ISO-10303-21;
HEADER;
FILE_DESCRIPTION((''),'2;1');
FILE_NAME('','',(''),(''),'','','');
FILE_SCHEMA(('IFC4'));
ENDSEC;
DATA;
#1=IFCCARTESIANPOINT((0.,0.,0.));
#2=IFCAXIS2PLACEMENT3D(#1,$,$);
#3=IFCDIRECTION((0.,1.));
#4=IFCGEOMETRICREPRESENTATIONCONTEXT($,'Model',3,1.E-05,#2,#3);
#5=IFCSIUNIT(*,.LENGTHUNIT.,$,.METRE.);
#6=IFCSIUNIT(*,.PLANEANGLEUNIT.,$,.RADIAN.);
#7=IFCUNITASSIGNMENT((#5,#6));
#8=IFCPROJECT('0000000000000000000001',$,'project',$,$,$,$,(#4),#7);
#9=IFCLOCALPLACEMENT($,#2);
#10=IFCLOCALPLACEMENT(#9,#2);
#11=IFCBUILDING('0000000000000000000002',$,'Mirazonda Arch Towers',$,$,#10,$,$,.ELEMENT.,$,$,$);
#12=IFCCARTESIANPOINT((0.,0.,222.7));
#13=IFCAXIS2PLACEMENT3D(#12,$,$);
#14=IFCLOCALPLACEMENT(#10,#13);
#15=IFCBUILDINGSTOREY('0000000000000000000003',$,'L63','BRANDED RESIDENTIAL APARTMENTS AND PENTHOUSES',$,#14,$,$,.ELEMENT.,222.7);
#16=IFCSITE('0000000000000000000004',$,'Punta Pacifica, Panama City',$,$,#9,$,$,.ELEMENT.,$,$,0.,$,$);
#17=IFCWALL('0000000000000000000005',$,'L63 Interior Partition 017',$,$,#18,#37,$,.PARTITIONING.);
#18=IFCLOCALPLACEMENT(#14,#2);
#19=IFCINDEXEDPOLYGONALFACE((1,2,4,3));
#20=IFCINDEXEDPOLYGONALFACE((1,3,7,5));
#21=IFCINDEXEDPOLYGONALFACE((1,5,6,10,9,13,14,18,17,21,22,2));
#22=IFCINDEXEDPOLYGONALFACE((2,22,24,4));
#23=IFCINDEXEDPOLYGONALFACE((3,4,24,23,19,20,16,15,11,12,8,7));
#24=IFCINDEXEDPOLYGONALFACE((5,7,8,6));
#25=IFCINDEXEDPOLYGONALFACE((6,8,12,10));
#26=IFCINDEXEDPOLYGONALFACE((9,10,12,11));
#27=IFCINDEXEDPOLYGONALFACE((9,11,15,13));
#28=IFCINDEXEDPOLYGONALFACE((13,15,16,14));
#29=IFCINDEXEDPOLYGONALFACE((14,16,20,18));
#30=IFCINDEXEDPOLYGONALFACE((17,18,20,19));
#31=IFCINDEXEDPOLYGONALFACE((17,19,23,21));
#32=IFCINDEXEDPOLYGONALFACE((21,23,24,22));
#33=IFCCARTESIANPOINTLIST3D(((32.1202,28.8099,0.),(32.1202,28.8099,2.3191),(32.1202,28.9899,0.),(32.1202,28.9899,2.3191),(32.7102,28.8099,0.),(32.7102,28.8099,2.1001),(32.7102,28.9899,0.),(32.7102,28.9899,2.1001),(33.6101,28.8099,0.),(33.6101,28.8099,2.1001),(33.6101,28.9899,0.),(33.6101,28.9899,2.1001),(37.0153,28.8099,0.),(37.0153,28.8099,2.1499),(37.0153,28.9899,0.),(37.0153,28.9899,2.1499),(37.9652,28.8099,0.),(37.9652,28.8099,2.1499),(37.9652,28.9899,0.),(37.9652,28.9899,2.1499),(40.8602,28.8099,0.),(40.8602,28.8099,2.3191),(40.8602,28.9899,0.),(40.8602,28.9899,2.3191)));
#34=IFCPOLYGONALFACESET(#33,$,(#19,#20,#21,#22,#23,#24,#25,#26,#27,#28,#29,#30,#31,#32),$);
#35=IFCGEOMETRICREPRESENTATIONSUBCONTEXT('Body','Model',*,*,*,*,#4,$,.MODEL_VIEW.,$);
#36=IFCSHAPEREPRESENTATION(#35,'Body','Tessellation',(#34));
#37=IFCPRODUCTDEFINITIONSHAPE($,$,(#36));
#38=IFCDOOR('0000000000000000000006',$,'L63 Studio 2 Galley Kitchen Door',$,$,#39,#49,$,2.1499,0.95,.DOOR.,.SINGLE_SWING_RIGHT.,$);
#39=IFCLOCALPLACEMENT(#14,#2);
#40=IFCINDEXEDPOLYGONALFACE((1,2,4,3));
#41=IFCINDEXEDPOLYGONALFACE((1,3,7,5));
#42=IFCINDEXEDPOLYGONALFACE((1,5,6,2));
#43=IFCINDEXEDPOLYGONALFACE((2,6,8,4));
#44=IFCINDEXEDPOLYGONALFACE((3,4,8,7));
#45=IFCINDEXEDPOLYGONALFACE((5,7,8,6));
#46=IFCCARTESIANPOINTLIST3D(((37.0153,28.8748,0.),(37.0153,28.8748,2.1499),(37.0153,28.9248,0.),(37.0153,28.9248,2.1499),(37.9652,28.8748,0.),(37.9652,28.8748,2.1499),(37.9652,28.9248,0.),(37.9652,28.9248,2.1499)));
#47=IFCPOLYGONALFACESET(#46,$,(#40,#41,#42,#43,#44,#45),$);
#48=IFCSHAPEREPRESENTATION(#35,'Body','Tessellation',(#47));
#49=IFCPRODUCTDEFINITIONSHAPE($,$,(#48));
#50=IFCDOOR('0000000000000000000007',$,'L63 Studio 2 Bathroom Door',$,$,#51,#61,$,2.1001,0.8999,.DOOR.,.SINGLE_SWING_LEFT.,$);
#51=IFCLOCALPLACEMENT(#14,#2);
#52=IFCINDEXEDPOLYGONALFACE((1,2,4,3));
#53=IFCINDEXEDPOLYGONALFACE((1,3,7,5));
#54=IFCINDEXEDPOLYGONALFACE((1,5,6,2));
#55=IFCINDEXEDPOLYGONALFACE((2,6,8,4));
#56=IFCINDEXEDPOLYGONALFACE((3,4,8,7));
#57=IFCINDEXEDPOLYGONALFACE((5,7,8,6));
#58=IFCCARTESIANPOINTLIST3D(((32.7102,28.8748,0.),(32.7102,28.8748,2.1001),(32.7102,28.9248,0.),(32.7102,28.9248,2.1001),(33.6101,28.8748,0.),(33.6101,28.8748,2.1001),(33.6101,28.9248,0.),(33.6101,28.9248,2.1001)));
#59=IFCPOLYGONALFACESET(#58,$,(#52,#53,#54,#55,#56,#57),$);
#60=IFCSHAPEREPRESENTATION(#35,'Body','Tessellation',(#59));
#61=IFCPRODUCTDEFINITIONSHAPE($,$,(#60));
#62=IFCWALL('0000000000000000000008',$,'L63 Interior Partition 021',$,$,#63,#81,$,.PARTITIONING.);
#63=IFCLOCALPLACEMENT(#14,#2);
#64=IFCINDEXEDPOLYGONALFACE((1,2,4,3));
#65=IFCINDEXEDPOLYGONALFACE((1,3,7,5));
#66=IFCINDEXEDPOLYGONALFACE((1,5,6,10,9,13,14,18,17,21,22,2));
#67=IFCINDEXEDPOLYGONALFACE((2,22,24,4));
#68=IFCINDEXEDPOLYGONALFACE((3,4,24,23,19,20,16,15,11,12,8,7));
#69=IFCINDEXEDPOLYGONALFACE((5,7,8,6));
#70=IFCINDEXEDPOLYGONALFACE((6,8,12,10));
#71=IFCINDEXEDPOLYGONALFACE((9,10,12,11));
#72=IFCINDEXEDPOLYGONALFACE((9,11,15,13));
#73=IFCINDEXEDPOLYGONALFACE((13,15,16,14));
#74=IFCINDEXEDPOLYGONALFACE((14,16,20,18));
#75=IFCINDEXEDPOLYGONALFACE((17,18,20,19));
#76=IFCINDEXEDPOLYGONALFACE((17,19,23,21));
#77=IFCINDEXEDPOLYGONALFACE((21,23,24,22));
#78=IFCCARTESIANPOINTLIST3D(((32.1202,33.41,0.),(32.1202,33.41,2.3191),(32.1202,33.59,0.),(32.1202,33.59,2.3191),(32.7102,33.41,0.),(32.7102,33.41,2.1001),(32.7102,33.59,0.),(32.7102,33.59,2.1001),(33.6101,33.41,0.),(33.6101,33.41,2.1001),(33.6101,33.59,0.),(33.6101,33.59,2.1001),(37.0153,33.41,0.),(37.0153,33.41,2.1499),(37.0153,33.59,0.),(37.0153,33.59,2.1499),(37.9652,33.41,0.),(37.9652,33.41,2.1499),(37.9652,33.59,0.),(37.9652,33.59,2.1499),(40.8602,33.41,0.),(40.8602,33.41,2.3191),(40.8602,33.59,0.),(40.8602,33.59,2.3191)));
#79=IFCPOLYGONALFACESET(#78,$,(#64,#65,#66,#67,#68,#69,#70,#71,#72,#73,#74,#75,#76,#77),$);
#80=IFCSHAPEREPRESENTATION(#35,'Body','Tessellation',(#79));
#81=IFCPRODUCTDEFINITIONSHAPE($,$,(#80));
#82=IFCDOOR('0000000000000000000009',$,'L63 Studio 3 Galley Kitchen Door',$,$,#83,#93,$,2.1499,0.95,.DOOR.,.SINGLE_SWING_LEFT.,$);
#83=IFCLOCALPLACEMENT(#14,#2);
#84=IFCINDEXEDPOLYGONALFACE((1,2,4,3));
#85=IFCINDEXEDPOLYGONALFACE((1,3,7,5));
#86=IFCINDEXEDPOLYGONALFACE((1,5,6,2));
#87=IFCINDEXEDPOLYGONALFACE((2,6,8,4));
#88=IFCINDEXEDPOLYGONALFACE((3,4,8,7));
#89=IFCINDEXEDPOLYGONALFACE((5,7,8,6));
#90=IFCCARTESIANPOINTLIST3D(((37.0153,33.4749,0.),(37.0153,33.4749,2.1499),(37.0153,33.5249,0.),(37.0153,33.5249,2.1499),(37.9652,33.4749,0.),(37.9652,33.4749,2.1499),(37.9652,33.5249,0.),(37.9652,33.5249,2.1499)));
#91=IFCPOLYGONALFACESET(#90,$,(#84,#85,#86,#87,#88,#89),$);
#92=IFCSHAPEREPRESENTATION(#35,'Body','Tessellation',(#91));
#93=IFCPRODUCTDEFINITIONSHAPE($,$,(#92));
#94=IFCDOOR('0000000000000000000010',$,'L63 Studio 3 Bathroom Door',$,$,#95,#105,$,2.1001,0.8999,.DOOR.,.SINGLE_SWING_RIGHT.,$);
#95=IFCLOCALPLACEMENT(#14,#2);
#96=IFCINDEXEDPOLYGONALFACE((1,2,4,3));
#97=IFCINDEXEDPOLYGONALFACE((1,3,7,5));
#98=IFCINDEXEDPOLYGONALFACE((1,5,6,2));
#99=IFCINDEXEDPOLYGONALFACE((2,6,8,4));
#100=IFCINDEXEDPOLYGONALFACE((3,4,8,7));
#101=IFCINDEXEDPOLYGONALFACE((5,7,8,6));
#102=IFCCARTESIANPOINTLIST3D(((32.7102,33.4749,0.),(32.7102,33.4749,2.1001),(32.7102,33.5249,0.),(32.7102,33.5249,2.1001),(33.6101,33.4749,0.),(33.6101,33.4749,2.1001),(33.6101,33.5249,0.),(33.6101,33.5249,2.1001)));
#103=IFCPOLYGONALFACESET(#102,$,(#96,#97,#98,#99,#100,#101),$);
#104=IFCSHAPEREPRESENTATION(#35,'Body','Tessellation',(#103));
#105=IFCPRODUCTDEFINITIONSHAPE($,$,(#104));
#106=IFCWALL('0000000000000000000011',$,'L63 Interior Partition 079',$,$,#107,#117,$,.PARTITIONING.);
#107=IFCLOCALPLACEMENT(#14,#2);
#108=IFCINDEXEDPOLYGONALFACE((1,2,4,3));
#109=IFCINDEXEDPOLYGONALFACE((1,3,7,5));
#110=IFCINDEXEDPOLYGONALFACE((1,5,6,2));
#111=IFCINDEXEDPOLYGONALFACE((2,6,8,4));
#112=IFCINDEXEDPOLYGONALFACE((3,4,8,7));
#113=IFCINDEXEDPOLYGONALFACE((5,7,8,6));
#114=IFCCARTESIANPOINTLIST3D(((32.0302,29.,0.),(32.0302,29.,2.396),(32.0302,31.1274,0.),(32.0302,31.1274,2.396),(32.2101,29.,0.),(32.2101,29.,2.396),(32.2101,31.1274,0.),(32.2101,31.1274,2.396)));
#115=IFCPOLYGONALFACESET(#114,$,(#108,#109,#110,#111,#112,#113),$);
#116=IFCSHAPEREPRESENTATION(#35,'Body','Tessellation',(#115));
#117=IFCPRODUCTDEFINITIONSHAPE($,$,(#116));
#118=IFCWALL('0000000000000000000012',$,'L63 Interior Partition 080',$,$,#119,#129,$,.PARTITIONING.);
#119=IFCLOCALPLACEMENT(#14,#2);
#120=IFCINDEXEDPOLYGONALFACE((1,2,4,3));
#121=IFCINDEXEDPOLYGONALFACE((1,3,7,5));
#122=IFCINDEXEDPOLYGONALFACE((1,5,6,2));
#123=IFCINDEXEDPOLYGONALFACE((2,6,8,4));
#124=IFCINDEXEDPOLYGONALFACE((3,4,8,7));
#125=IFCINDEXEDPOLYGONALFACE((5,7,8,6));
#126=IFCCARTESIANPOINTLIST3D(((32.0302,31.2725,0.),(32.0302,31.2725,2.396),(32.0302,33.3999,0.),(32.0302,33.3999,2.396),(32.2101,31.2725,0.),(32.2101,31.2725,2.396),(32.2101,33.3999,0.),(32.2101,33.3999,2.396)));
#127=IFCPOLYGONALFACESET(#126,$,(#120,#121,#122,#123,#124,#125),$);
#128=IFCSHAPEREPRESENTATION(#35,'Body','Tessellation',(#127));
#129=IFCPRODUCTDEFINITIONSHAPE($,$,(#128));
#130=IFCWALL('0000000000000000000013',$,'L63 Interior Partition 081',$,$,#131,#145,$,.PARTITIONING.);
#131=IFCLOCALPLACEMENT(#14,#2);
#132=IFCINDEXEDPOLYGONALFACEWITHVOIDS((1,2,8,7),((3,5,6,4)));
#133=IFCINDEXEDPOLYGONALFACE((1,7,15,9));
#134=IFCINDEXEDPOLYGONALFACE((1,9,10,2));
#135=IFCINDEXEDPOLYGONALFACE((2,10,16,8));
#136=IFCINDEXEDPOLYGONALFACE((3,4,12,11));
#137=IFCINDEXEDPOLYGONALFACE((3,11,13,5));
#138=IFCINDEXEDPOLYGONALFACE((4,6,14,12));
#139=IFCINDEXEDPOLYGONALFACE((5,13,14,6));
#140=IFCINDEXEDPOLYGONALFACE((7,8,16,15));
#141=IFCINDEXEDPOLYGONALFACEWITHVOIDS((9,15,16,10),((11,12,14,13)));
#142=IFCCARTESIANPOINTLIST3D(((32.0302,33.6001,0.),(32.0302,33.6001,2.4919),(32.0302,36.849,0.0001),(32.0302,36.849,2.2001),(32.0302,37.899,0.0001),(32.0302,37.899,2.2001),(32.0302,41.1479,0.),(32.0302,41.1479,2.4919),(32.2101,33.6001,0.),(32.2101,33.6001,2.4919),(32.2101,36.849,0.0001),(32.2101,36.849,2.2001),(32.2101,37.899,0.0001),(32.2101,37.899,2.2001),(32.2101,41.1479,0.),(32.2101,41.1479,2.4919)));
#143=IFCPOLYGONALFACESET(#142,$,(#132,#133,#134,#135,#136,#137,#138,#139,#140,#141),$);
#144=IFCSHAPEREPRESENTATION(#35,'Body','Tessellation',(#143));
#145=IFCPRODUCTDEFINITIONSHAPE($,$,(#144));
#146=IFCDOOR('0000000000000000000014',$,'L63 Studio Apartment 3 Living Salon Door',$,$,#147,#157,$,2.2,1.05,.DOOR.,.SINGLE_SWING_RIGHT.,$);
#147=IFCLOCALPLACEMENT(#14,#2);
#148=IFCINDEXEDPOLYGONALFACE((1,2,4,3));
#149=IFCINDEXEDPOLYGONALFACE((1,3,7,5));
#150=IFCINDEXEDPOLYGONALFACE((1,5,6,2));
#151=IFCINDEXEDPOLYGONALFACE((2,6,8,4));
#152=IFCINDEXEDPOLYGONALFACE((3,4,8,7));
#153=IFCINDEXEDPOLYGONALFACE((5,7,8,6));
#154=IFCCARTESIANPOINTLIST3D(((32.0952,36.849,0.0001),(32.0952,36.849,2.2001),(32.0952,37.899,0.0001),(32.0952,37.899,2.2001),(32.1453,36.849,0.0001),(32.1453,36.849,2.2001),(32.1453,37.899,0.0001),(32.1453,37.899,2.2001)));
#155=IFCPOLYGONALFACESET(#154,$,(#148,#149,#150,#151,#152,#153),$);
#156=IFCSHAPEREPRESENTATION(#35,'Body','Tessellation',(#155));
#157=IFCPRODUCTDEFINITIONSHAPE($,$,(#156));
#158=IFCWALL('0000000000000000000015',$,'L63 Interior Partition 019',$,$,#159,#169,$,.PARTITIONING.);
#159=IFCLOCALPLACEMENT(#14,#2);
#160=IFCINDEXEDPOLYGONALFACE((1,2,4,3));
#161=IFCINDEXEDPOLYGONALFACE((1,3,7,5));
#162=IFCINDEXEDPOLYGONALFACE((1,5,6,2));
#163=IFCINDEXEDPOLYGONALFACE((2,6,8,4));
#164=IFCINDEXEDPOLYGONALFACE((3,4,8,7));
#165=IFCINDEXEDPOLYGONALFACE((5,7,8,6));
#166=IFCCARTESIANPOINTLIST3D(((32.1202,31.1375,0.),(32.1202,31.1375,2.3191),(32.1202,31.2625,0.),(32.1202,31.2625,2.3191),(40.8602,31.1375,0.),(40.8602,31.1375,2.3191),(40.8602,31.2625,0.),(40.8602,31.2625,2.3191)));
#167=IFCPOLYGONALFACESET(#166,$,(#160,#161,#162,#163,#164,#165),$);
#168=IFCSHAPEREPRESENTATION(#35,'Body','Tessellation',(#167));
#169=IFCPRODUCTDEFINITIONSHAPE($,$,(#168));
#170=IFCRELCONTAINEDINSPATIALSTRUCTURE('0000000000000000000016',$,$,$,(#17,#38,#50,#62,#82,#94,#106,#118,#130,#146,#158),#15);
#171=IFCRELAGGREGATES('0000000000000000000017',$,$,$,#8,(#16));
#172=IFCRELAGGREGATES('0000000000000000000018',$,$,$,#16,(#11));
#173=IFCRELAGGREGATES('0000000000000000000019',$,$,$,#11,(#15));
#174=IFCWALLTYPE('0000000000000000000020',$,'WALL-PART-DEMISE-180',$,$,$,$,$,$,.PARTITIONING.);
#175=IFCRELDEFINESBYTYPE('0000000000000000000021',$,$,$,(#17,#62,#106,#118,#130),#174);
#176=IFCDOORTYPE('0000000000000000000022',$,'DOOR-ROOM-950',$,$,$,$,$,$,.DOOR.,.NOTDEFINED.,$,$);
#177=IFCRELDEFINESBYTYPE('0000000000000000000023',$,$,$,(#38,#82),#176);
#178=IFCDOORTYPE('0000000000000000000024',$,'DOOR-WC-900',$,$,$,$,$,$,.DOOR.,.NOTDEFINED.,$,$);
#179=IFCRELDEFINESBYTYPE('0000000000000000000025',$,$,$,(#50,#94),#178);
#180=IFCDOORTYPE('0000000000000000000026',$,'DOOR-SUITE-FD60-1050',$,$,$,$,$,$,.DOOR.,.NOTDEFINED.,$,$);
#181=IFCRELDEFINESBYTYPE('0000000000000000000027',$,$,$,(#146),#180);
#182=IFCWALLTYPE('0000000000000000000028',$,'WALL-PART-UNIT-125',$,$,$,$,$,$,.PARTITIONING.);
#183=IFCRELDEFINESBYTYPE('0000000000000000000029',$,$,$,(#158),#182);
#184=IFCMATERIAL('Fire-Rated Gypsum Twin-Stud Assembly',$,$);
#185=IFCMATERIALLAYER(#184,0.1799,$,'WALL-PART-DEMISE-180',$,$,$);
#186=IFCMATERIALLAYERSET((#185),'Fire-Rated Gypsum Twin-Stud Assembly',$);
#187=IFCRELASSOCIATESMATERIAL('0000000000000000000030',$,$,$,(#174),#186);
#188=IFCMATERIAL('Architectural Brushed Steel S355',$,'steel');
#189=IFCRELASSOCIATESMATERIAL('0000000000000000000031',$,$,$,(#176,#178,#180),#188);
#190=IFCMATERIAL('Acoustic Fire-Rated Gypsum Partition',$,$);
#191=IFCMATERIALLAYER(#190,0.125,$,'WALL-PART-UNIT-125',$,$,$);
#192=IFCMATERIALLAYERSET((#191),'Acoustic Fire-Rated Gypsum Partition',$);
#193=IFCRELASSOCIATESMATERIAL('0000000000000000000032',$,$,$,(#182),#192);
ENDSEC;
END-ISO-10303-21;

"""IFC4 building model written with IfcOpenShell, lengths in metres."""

from ifc_helpers import new_model, si_unit, direction, frame, frame_2d, origin, place, context, subcontext, project, spatial, rectangle, extrude, material, layer, layer_set, type_object, element, fill, save


model = new_model("IFC4")

# Units and contexts
model_context = context("Model", 3, precision=1e-05, world=origin(), true_north=direction((0.0, 1.0)))
body_context = subcontext(model_context, "Body", "Model", "MODEL_VIEW")
ifc_project = project(units=[si_unit("LENGTHUNIT", "METRE"), si_unit("PLANEANGLEUNIT", "RADIAN")], contexts=[model_context])

# Site, building, storey
site_placement = place(None, origin())
site = spatial("IfcSite", under=ifc_project, at=site_placement, Name="Punta Pacifica, Panama City", CompositionType="ELEMENT", RefElevation=0.0)
building_placement = place(site_placement, origin())
building = spatial("IfcBuilding", under=site, at=building_placement, Name="Mirazonda Arch Towers", CompositionType="ELEMENT")
storey_placement = place(building_placement, frame((0.0, 0.0, 222.7)))
storey = spatial("IfcBuildingStorey", under=building, at=storey_placement, Name="L63", Description="BRANDED RESIDENTIAL APARTMENTS AND PENTHOUSES", CompositionType="ELEMENT", Elevation=222.7)

# Walls, openings, doors
ifc_material_1 = material(Name="Fire-Rated Gypsum Twin-Stud Assembly")
ifc_layer_1 = layer(ifc_material_1, 0.1799, Name="WALL-PART-DEMISE-180")
ifc_layer_set_1 = layer_set([ifc_layer_1], Name="Fire-Rated Gypsum Twin-Stud Assembly")
wall_type_1 = type_object("IfcWallType", Name="WALL-PART-DEMISE-180", PredefinedType="PARTITIONING", material=ifc_layer_set_1)
wall_1_placement = place(storey_placement, frame((32.1201, 28.8999, 0.0), z_axis=(0.0, 0.0, 1.0), x_axis=(1.0, 0.0, 0.0)))
wall_1 = element("IfcWall", 1, at=wall_1_placement, inside=storey, type_object=wall_type_1, Name="L63 Interior Partition 017", PredefinedType="PARTITIONING", context=body_context, shape_type="SweptSolid", body=[
    extrude(rectangle(XDim=8.74, YDim=0.1799, at=frame_2d((4.3701, 0.0))), origin(), (0.0, 0.0, 1.0), 2.3191),
])
opening_1_placement = place(wall_1_placement, frame((4.895, 0.0, 0.0)))
opening_1 = element("IfcOpeningElement", 2, at=opening_1_placement, cuts=wall_1, PredefinedType="OPENING", context=body_context, shape_type="SweptSolid", body=[
    extrude(rectangle(XDim=0.95, YDim=2.1499, at=frame_2d((0.4751, 1.075))), frame((0.0, 0.0999, 0.0), z_axis=(0.0, -1.0, 0.0), x_axis=(1.0, 0.0, 0.0)), (0.0, 0.0, 1.0), 0.2),
])
opening_2_placement = place(wall_1_placement, frame((0.5901, 0.0, 0.0)))
opening_2 = element("IfcOpeningElement", 3, at=opening_2_placement, cuts=wall_1, PredefinedType="OPENING", context=body_context, shape_type="SweptSolid", body=[
    extrude(rectangle(XDim=0.8999, YDim=2.1001, at=frame_2d((0.45, 1.05))), frame((0.0, 0.0999, 0.0), z_axis=(0.0, -1.0, 0.0), x_axis=(1.0, 0.0, 0.0)), (0.0, 0.0, 1.0), 0.2),
])
ifc_material_2 = material(Name="Architectural Brushed Steel S355", Category="steel")
door_type_1 = type_object("IfcDoorType", Name="DOOR-ROOM-950", OperationType="NOTDEFINED", PredefinedType="DOOR", material=ifc_material_2)
door_1_placement = place(opening_1_placement, origin())
door_1 = element("IfcDoor", 4, at=door_1_placement, inside=storey, type_object=door_type_1, Name="L63 Studio 2 Galley Kitchen Door", OperationType="SINGLE_SWING_RIGHT", OverallHeight=2.1499, OverallWidth=0.95, PredefinedType="DOOR", context=body_context, shape_type="SweptSolid", body=[
    extrude(rectangle(XDim=0.95, YDim=2.1499, at=frame_2d((0.4751, 1.075))), frame((0.0, 0.0249, 0.0), z_axis=(0.0, -1.0, 0.0), x_axis=(1.0, 0.0, 0.0)), (0.0, 0.0, 1.0), 0.05),
])
fill(opening_1, door_1)
door_type_2 = type_object("IfcDoorType", Name="DOOR-WC-900", OperationType="NOTDEFINED", PredefinedType="DOOR", material=ifc_material_2)
door_2_placement = place(opening_2_placement, origin())
door_2 = element("IfcDoor", 5, at=door_2_placement, inside=storey, type_object=door_type_2, Name="L63 Studio 2 Bathroom Door", OperationType="SINGLE_SWING_LEFT", OverallHeight=2.1001, OverallWidth=0.8999, PredefinedType="DOOR", context=body_context, shape_type="SweptSolid", body=[
    extrude(rectangle(XDim=0.8999, YDim=2.1001, at=frame_2d((0.45, 1.05))), frame((0.0, 0.0249, 0.0), z_axis=(0.0, -1.0, 0.0), x_axis=(1.0, 0.0, 0.0)), (0.0, 0.0, 1.0), 0.05),
])
fill(opening_2, door_2)
wall_2_placement = place(storey_placement, frame((32.1201, 33.5, 0.0), z_axis=(0.0, 0.0, 1.0), x_axis=(1.0, 0.0, 0.0)))
wall_2 = element("IfcWall", 6, at=wall_2_placement, inside=storey, type_object=wall_type_1, Name="L63 Interior Partition 021", PredefinedType="PARTITIONING", context=body_context, shape_type="SweptSolid", body=[
    extrude(rectangle(XDim=8.74, YDim=0.1799, at=frame_2d((4.3701, 0.0))), origin(), (0.0, 0.0, 1.0), 2.3191),
])
opening_3_placement = place(wall_2_placement, frame((4.895, 0.0, 0.0)))
opening_3 = element("IfcOpeningElement", 7, at=opening_3_placement, cuts=wall_2, PredefinedType="OPENING", context=body_context, shape_type="SweptSolid", body=[
    extrude(rectangle(XDim=0.95, YDim=2.1499, at=frame_2d((0.4751, 1.075))), frame((0.0, 0.0999, 0.0), z_axis=(0.0, -1.0, 0.0), x_axis=(1.0, 0.0, 0.0)), (0.0, 0.0, 1.0), 0.2),
])
opening_4_placement = place(wall_2_placement, frame((0.5901, 0.0, 0.0)))
opening_4 = element("IfcOpeningElement", 8, at=opening_4_placement, cuts=wall_2, PredefinedType="OPENING", context=body_context, shape_type="SweptSolid", body=[
    extrude(rectangle(XDim=0.8999, YDim=2.1001, at=frame_2d((0.45, 1.05))), frame((0.0, 0.0999, 0.0), z_axis=(0.0, -1.0, 0.0), x_axis=(1.0, 0.0, 0.0)), (0.0, 0.0, 1.0), 0.2),
])
door_3_placement = place(opening_3_placement, origin())
door_3 = element("IfcDoor", 9, at=door_3_placement, inside=storey, type_object=door_type_1, Name="L63 Studio 3 Galley Kitchen Door", OperationType="SINGLE_SWING_LEFT", OverallHeight=2.1499, OverallWidth=0.95, PredefinedType="DOOR", context=body_context, shape_type="SweptSolid", body=[
    extrude(rectangle(XDim=0.95, YDim=2.1499, at=frame_2d((0.4751, 1.075))), frame((0.0, 0.0249, 0.0), z_axis=(0.0, -1.0, 0.0), x_axis=(1.0, 0.0, 0.0)), (0.0, 0.0, 1.0), 0.05),
])
fill(opening_3, door_3)
door_4_placement = place(opening_4_placement, origin())
door_4 = element("IfcDoor", 10, at=door_4_placement, inside=storey, type_object=door_type_2, Name="L63 Studio 3 Bathroom Door", OperationType="SINGLE_SWING_RIGHT", OverallHeight=2.1001, OverallWidth=0.8999, PredefinedType="DOOR", context=body_context, shape_type="SweptSolid", body=[
    extrude(rectangle(XDim=0.8999, YDim=2.1001, at=frame_2d((0.45, 1.05))), frame((0.0, 0.0249, 0.0), z_axis=(0.0, -1.0, 0.0), x_axis=(1.0, 0.0, 0.0)), (0.0, 0.0, 1.0), 0.05),
])
fill(opening_4, door_4)

# Walls
for number, where, z_axis, x_axis, name in (
    (11, (32.1201, 29.0, 0.0), (0.0, 0.0, 1.0), (0.0, 1.0, 0.0), "L63 Interior Partition 079"),
    (12, (32.1201, 31.2725, 0.0), (0.0, 0.0, 1.0), (0.0, 1.0, 0.0), "L63 Interior Partition 080"),
):
    element("IfcWall", number, at=place(storey_placement, frame(where, z_axis=z_axis, x_axis=x_axis)), inside=storey, type_object=wall_type_1, Name=name, PredefinedType="PARTITIONING", context=body_context, shape_type="SweptSolid", body=[
        extrude(rectangle(XDim=2.1274, YDim=0.1799, at=frame_2d((1.0637, 0.0))), origin(), (0.0, 0.0, 1.0), 2.396),
    ])

# Wall, opening, door
wall_3_placement = place(storey_placement, frame((32.1201, 33.6001, 0.0), z_axis=(0.0, 0.0, 1.0), x_axis=(0.0, 1.0, 0.0)))
wall_3 = element("IfcWall", 13, at=wall_3_placement, inside=storey, type_object=wall_type_1, Name="L63 Interior Partition 081", PredefinedType="PARTITIONING", context=body_context, shape_type="SweptSolid", body=[
    extrude(rectangle(XDim=7.5479, YDim=0.1799, at=frame_2d((3.7739, 0.0))), origin(), (0.0, 0.0, 1.0), 2.4919),
])
opening_5_placement = place(wall_3_placement, frame((3.249, 0.0, 0.0)))
opening_5 = element("IfcOpeningElement", 14, at=opening_5_placement, cuts=wall_3, PredefinedType="OPENING", context=body_context, shape_type="SweptSolid", body=[
    extrude(rectangle(XDim=1.05, YDim=2.2, at=frame_2d((0.5249, 1.1001))), frame((0.0, 0.0999, 0.0), z_axis=(0.0, -1.0, 0.0), x_axis=(1.0, 0.0, 0.0)), (0.0, 0.0, 1.0), 0.2),
])
door_type_3 = type_object("IfcDoorType", Name="DOOR-SUITE-FD60-1050", OperationType="NOTDEFINED", PredefinedType="DOOR", material=ifc_material_2)
door_5_placement = place(opening_5_placement, origin())
door_5 = element("IfcDoor", 15, at=door_5_placement, inside=storey, type_object=door_type_3, Name="L63 Studio Apartment 3 Living Salon Door", OperationType="SINGLE_SWING_RIGHT", OverallHeight=2.2, OverallWidth=1.05, PredefinedType="DOOR", context=body_context, shape_type="SweptSolid", body=[
    extrude(rectangle(XDim=1.05, YDim=2.2, at=frame_2d((0.5249, 1.1001))), frame((0.0, 0.0249, 0.0), z_axis=(0.0, -1.0, 0.0), x_axis=(1.0, 0.0, 0.0)), (0.0, 0.0, 1.0), 0.05),
])
fill(opening_5, door_5)

# Wall
ifc_material_3 = material(Name="Acoustic Fire-Rated Gypsum Partition")
ifc_layer_2 = layer(ifc_material_3, 0.125, Name="WALL-PART-UNIT-125")
ifc_layer_set_2 = layer_set([ifc_layer_2], Name="Acoustic Fire-Rated Gypsum Partition")
wall_type_2 = type_object("IfcWallType", Name="WALL-PART-UNIT-125", PredefinedType="PARTITIONING", material=ifc_layer_set_2)
wall_4_placement = place(storey_placement, frame((32.1201, 31.2, 0.0), z_axis=(0.0, 0.0, 1.0), x_axis=(1.0, 0.0, 0.0)))
element("IfcWall", 16, at=wall_4_placement, inside=storey, type_object=wall_type_2, Name="L63 Interior Partition 019", PredefinedType="PARTITIONING", context=body_context, shape_type="SweptSolid", body=[
    extrude(rectangle(XDim=8.74, YDim=0.125, at=frame_2d((4.3701, 0.0))), origin(), (0.0, 0.0, 1.0), 2.3191),
])

save(model, "model.ifc")
